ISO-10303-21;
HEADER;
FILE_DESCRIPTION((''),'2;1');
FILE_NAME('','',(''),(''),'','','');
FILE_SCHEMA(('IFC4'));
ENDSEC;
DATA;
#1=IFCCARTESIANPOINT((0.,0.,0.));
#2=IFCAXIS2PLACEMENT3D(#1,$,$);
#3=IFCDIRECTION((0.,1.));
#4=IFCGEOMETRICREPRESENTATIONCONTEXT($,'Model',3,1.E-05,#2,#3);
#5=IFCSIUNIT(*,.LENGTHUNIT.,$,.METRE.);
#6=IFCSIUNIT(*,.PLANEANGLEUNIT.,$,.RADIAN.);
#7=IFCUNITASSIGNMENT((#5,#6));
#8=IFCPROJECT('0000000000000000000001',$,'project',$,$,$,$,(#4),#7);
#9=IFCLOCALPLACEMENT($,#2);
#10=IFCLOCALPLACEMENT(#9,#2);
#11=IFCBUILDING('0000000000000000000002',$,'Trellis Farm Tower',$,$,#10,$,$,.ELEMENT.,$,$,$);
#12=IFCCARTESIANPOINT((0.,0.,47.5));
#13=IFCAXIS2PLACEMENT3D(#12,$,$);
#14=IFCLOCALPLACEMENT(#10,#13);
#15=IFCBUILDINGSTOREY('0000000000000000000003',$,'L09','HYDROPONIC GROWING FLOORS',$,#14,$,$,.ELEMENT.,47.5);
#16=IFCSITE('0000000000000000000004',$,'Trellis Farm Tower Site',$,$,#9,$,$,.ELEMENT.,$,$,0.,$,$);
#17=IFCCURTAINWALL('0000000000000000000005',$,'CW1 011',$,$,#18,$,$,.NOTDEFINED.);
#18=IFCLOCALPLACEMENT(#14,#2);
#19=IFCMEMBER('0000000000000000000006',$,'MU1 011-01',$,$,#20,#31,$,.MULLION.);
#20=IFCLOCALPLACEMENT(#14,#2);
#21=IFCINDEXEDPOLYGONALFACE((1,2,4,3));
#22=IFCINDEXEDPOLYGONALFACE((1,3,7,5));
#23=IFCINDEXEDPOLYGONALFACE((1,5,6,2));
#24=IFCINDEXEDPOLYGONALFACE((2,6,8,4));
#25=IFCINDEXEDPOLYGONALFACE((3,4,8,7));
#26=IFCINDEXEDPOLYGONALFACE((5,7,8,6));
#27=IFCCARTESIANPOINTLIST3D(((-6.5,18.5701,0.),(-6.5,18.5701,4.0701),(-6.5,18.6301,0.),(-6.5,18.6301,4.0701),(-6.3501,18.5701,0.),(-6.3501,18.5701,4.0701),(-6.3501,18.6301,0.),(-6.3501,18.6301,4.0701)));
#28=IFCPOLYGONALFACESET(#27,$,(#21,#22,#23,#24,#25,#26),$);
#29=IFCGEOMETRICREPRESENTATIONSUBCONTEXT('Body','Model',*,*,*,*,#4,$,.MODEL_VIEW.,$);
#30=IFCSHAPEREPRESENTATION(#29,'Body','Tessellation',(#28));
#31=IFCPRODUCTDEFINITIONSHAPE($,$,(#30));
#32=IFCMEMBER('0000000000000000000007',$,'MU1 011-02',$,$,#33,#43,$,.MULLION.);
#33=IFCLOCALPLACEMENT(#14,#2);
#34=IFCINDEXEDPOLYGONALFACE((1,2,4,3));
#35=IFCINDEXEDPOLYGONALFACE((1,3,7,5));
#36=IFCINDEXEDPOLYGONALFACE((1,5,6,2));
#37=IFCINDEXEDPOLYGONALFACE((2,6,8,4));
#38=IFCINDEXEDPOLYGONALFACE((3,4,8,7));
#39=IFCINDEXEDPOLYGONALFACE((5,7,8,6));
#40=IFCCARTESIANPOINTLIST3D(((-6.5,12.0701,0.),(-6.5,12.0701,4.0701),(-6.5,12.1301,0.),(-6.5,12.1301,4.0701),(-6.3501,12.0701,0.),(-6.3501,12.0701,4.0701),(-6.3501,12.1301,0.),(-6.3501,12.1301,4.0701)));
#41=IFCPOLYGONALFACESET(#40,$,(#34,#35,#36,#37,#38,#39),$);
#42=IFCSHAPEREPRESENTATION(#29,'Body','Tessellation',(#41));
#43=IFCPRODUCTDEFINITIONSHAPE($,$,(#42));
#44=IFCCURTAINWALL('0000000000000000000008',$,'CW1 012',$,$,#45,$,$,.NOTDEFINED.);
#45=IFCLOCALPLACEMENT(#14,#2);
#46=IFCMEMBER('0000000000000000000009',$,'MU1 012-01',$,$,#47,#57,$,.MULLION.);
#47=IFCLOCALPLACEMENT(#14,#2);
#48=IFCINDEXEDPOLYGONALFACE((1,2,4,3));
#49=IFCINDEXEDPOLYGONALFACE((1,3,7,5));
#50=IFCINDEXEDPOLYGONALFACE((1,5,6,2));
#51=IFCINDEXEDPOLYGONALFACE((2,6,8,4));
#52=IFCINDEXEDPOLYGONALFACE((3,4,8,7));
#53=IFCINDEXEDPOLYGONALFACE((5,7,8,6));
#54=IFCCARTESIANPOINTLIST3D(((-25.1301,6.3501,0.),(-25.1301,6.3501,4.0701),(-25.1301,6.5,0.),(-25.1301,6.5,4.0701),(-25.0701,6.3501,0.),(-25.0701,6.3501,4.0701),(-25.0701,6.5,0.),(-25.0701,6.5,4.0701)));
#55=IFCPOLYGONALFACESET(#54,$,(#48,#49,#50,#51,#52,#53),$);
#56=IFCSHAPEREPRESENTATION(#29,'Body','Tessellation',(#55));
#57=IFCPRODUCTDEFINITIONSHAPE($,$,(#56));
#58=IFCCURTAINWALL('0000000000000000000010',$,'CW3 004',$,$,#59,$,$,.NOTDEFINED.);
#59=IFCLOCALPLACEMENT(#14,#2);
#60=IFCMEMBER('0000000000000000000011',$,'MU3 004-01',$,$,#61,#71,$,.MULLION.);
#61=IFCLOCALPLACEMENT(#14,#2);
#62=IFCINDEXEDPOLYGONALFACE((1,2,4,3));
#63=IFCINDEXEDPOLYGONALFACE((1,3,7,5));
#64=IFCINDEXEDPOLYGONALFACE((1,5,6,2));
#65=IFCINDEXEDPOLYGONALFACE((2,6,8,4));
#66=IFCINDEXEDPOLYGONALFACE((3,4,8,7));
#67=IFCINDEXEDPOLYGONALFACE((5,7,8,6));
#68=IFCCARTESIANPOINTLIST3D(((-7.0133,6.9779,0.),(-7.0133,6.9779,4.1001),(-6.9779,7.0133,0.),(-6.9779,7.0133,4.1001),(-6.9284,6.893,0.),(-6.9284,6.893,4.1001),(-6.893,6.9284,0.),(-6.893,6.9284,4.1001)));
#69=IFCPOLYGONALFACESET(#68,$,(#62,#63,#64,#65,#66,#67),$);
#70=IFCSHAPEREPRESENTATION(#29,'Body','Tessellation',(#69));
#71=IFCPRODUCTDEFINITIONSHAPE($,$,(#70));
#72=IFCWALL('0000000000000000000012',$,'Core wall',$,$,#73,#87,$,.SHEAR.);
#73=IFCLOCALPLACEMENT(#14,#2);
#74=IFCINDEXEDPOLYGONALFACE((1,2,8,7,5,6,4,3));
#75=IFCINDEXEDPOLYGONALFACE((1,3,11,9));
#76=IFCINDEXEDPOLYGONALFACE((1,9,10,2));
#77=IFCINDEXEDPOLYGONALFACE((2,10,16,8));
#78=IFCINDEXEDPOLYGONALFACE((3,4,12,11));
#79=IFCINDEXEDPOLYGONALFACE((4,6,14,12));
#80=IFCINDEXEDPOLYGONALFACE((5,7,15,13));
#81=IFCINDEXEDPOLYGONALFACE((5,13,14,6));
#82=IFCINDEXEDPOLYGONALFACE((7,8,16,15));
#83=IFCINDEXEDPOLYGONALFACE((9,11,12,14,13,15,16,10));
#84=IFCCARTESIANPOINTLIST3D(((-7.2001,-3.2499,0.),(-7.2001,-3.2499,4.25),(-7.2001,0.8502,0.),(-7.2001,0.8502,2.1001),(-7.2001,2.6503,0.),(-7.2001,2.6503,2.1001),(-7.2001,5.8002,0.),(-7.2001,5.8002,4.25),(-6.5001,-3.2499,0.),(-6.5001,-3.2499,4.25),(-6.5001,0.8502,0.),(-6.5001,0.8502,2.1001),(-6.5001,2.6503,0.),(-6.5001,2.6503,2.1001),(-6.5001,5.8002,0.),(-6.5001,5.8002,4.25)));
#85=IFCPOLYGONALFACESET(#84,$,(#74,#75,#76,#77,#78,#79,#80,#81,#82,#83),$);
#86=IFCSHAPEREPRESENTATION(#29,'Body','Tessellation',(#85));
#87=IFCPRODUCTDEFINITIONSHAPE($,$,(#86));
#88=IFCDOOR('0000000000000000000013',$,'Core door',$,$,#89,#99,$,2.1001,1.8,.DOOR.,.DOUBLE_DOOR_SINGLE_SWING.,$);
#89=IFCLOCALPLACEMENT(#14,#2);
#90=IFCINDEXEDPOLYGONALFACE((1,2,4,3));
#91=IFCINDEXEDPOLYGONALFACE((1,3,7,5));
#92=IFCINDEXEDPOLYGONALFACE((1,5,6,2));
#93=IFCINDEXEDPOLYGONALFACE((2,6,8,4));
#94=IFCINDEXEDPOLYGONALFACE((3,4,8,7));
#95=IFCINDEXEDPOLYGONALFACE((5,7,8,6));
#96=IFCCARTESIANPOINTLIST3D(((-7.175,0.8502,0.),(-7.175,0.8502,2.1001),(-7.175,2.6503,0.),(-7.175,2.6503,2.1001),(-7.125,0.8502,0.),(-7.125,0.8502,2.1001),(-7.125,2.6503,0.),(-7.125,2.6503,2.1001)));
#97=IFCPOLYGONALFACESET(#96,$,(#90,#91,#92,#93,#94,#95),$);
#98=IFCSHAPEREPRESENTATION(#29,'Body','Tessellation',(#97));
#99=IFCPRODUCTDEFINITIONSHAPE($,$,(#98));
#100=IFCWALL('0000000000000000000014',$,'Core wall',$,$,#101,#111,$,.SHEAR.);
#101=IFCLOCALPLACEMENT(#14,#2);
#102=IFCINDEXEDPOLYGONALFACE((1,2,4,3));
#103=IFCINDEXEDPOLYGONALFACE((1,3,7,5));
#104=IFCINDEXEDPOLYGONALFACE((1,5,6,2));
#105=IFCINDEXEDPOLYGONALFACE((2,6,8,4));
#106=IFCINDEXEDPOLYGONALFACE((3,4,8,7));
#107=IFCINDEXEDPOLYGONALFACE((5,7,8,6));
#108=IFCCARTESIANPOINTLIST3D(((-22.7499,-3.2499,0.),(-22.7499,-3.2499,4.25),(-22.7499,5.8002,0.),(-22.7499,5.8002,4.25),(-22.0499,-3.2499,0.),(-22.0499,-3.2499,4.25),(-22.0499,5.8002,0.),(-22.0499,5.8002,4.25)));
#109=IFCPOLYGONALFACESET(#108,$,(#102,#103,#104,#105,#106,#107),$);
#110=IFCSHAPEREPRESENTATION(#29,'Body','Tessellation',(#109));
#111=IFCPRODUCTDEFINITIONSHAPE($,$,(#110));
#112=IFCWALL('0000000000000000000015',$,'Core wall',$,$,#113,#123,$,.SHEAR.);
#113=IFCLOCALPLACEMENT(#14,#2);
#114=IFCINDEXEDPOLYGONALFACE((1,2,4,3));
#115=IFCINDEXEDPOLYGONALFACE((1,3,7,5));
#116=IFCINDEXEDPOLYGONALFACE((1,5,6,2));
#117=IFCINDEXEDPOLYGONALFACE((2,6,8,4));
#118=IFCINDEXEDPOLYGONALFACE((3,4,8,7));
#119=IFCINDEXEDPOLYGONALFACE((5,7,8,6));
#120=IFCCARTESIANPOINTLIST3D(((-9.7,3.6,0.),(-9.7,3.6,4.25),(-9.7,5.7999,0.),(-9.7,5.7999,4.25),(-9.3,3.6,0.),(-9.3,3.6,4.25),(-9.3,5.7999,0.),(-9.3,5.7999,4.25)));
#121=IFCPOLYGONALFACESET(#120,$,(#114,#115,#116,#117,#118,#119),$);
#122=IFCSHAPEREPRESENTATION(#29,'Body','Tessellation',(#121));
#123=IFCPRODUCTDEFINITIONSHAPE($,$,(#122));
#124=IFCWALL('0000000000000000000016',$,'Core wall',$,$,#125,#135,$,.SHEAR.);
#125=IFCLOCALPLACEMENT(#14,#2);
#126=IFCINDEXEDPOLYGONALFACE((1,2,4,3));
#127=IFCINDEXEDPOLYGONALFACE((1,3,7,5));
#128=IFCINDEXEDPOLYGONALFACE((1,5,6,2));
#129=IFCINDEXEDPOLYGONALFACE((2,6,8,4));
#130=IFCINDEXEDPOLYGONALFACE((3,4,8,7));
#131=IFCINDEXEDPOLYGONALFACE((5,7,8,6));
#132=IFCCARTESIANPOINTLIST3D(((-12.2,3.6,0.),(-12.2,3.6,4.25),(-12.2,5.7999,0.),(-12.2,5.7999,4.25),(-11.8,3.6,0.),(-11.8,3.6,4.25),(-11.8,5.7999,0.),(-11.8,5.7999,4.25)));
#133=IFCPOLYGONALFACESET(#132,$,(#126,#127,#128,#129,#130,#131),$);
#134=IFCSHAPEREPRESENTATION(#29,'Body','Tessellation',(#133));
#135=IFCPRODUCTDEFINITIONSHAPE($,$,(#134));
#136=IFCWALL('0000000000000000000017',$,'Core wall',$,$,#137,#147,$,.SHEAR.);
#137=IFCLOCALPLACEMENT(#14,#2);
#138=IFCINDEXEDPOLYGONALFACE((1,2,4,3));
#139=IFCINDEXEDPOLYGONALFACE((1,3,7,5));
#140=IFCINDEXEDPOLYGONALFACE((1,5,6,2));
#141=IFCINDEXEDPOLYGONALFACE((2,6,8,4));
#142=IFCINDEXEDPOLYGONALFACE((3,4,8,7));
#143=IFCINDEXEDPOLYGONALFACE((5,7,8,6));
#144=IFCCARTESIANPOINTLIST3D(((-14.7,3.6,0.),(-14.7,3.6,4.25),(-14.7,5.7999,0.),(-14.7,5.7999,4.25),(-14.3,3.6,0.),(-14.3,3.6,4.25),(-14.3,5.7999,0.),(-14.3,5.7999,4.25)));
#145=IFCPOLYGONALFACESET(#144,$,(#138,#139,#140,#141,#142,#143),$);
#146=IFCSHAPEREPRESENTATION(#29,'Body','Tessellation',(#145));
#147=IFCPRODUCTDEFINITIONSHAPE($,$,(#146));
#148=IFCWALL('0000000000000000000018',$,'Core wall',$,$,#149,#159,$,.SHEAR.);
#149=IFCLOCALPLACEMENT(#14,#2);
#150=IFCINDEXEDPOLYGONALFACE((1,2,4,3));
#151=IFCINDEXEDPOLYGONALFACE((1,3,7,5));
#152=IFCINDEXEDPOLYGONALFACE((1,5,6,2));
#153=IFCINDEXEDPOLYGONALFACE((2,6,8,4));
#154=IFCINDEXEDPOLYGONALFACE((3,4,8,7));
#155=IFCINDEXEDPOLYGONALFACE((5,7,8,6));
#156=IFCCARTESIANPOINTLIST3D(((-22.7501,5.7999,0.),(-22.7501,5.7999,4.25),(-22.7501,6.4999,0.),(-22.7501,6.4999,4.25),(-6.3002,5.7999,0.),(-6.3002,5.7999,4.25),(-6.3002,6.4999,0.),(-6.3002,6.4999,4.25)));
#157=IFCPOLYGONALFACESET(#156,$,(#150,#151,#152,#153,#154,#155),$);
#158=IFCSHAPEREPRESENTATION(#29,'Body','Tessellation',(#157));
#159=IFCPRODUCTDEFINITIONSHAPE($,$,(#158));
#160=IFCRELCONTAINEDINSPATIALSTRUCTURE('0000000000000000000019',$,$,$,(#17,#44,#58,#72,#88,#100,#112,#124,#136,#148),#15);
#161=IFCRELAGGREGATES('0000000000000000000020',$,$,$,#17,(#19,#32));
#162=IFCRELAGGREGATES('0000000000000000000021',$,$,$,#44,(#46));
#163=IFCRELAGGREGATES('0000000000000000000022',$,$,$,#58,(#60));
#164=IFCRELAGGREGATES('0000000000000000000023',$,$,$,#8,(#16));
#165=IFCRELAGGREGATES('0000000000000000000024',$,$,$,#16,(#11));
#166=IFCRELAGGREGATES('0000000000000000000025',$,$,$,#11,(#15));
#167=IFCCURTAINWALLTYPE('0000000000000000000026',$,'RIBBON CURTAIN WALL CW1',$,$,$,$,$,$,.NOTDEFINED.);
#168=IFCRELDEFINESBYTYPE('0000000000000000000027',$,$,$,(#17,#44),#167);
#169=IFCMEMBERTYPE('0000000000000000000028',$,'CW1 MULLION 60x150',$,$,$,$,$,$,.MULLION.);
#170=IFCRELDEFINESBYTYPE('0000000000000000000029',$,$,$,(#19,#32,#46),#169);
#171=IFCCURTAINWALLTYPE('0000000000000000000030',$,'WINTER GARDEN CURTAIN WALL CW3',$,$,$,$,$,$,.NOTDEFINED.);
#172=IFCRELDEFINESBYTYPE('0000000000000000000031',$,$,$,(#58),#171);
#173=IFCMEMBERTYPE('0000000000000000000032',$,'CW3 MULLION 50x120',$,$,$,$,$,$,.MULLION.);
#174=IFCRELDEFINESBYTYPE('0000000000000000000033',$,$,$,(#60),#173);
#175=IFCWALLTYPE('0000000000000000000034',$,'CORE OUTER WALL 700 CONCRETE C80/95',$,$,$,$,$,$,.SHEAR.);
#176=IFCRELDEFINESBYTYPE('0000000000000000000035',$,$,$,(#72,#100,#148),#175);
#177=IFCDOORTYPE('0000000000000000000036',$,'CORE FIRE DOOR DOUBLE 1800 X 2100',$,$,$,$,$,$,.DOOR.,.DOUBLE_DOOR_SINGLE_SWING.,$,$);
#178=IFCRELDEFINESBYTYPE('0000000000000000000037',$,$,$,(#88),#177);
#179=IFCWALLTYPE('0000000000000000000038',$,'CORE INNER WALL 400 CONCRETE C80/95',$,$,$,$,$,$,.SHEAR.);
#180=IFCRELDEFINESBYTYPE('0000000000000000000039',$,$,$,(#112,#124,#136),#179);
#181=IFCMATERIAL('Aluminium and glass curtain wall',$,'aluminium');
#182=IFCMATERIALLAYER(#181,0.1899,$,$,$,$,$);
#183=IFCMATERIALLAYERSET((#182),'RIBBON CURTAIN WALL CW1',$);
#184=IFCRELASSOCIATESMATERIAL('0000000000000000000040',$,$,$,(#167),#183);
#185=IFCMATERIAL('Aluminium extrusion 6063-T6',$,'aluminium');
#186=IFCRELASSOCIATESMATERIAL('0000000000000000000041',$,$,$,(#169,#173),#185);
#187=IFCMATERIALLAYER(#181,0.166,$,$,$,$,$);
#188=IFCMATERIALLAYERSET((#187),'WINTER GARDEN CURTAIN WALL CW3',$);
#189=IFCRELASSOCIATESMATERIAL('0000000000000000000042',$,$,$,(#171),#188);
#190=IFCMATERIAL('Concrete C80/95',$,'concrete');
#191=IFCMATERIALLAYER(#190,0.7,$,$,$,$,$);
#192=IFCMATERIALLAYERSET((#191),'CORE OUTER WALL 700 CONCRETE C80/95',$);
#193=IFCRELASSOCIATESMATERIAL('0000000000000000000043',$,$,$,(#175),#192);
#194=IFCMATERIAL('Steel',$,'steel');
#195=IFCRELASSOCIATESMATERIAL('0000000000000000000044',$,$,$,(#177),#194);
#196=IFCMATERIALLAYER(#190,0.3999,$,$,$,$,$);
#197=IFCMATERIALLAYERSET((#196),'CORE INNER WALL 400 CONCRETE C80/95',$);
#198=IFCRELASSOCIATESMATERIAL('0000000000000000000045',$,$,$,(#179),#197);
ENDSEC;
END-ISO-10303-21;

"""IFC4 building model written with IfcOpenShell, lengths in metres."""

from ifc_helpers import new_model, si_unit, direction, frame, frame_2d, origin, origin_2d, place, context, subcontext, project, spatial, rectangle, extrude, source, transform, mapped, material, layer, layer_set, material_profile, profile_set, type_object, element, fill, aggregate, save


model = new_model("IFC4")

# Units and contexts
model_context = context("Model", 3, precision=1e-05, world=origin(), true_north=direction((0.0, 1.0)))
body_context = subcontext(model_context, "Body", "Model", "MODEL_VIEW")
ifc_project = project(units=[si_unit("LENGTHUNIT", "METRE"), si_unit("PLANEANGLEUNIT", "RADIAN")], contexts=[model_context])

# Site, building, storey
site_placement = place(None, origin())
site = spatial("IfcSite", under=ifc_project, at=site_placement, Name="Trellis Farm Tower Site", CompositionType="ELEMENT", RefElevation=0.0)
building_placement = place(site_placement, origin())
building = spatial("IfcBuilding", under=site, at=building_placement, Name="Trellis Farm Tower", CompositionType="ELEMENT")
storey_placement = place(building_placement, frame((0.0, 0.0, 47.5)))
storey = spatial("IfcBuildingStorey", under=building, at=storey_placement, Name="L09", Description="HYDROPONIC GROWING FLOORS", CompositionType="ELEMENT", Elevation=47.5)

# Shared definitions
ifc_material_1 = material(Name="Concrete C80/95", Category="concrete")

# Shared definitions
ifc_material_2 = material(Name="Aluminium and glass curtain wall", Category="aluminium")
ifc_layer_1 = layer(ifc_material_2, 0.1899)
ifc_layer_set_1 = layer_set([ifc_layer_1], Name="RIBBON CURTAIN WALL CW1")
curtain_wall_type_1 = type_object("IfcCurtainWallType", Name="RIBBON CURTAIN WALL CW1", PredefinedType="NOTDEFINED", material=ifc_layer_set_1)
placement = place(storey_placement, origin())
ifc_material_3 = material(Name="Aluminium extrusion 6063-T6", Category="aluminium")
ifc_material_profile_1 = material_profile(ifc_material_3, rectangle(XDim=0.0601, YDim=0.1499, at=origin_2d()), Name="MULLION 60x150")
ifc_profile_set_1 = profile_set([ifc_material_profile_1], Name="Aluminium extrusion 6063-T6")
member_type_1 = type_object("IfcMemberType", Name="CW1 MULLION 60x150", PredefinedType="MULLION", material=ifc_profile_set_1)
shared_shape_1 = source(origin(), body_context, "Body", "SweptSolid", [
    extrude(rectangle(XDim=0.0601, YDim=0.1499, at=origin_2d()), origin(), (0.0, 0.0, 1.0), 4.0701),
])

# Curtain wall, members
curtain_wall_1 = element("IfcCurtainWall", 1, at=placement, inside=storey, type_object=curtain_wall_type_1, Name="CW1 011", PredefinedType="NOTDEFINED")
member_1_placement = place(storey_placement, frame((-6.425, 18.6001, 0.0), z_axis=(0.0, 0.0, 1.0), x_axis=(0.0, -1.0, 0.0)))
member_1 = element("IfcMember", 2, at=member_1_placement, type_object=member_type_1, Name="MU1 011-01", PredefinedType="MULLION", context=body_context, shape_type="MappedRepresentation", body=[
    mapped(shared_shape_1, transform((0.0, 0.0, 0.0))),
])
member_2_placement = place(storey_placement, frame((-6.425, 12.1001, 0.0), z_axis=(0.0, 0.0, 1.0), x_axis=(0.0, -1.0, 0.0)))
member_2 = element("IfcMember", 3, at=member_2_placement, type_object=member_type_1, Name="MU1 011-02", PredefinedType="MULLION", context=body_context, shape_type="MappedRepresentation", body=[
    mapped(shared_shape_1, transform((0.0, 0.0, 0.0))),
])
aggregate(curtain_wall_1, [member_1, member_2])

# Curtain walls, members
curtain_wall_2 = element("IfcCurtainWall", 4, at=placement, inside=storey, type_object=curtain_wall_type_1, Name="CW1 012", PredefinedType="NOTDEFINED")
member_3_placement = place(storey_placement, frame((-25.1001, 6.425, 0.0), z_axis=(0.0, 0.0, 1.0), x_axis=(-1.0, 0.0, 0.0)))
member_3 = element("IfcMember", 5, at=member_3_placement, type_object=member_type_1, Name="MU1 012-01", PredefinedType="MULLION", context=body_context, shape_type="MappedRepresentation", body=[
    mapped(shared_shape_1, transform((0.0, 0.0, 0.0))),
])
aggregate(curtain_wall_2, [member_3])
ifc_layer_2 = layer(ifc_material_2, 0.166)
ifc_layer_set_2 = layer_set([ifc_layer_2], Name="WINTER GARDEN CURTAIN WALL CW3")
curtain_wall_type_2 = type_object("IfcCurtainWallType", Name="WINTER GARDEN CURTAIN WALL CW3", PredefinedType="NOTDEFINED", material=ifc_layer_set_2)
curtain_wall_3 = element("IfcCurtainWall", 6, at=placement, inside=storey, type_object=curtain_wall_type_2, Name="CW3 004", PredefinedType="NOTDEFINED")
ifc_material_profile_2 = material_profile(ifc_material_3, rectangle(XDim=0.05, YDim=0.1201, at=origin_2d()), Name="MULLION 50x120")
ifc_profile_set_2 = profile_set([ifc_material_profile_2], Name="Aluminium extrusion 6063-T6")
member_type_2 = type_object("IfcMemberType", Name="CW3 MULLION 50x120", PredefinedType="MULLION", material=ifc_profile_set_2)
shared_shape_2 = source(origin(), body_context, "Body", "SweptSolid", [
    extrude(rectangle(XDim=0.05, YDim=0.1201, at=origin_2d()), origin(), (0.0, 0.0, 1.0), 4.1001),
])
member_4_placement = place(storey_placement, frame((-6.9531, 6.9531, 0.0), z_axis=(0.0, 0.0, 1.0), x_axis=(-0.707107, -0.707107, 0.0)))
member_4 = element("IfcMember", 7, at=member_4_placement, type_object=member_type_2, Name="MU3 004-01", PredefinedType="MULLION", context=body_context, shape_type="MappedRepresentation", body=[
    mapped(shared_shape_2, transform((0.0, 0.0, 0.0))),
])
aggregate(curtain_wall_3, [member_4])

# Wall, opening, door
ifc_layer_3 = layer(ifc_material_1, 0.7)
ifc_layer_set_3 = layer_set([ifc_layer_3], Name="CORE OUTER WALL 700 CONCRETE C80/95")
wall_type_1 = type_object("IfcWallType", Name="CORE OUTER WALL 700 CONCRETE C80/95", PredefinedType="SHEAR", material=ifc_layer_set_3)
shared_shape_3 = source(origin(), body_context, "Body", "SweptSolid", [
    extrude(rectangle(XDim=9.05, YDim=0.7, at=frame_2d((4.5249, 0.0))), origin(), (0.0, 0.0, 1.0), 4.25),
])
wall_1_placement = place(storey_placement, frame((-6.8501, 5.8, 0.0), z_axis=(0.0, 0.0, 1.0), x_axis=(0.0, -1.0, 0.0)))
wall_1 = element("IfcWall", 8, at=wall_1_placement, inside=storey, type_object=wall_type_1, Name="Core wall", PredefinedType="SHEAR", context=body_context, shape_type="MappedRepresentation", body=[
    mapped(shared_shape_3, transform((0.0, 0.0, 0.0))),
])
shared_shape_4 = source(origin(), body_context, "Body", "SweptSolid", [
    extrude(rectangle(XDim=1.8, YDim=2.1001, at=frame_2d((0.8999, 1.05))), frame((0.0, 0.3601, 0.0), z_axis=(0.0, -1.0, 0.0), x_axis=(1.0, 0.0, 0.0)), (0.0, 0.0, 1.0), 0.7202),
])
opening_1_placement = place(wall_1_placement, frame((3.1499, 0.0, 0.0)))
opening_1 = element("IfcOpeningElement", 9, at=opening_1_placement, cuts=wall_1, PredefinedType="OPENING", context=body_context, shape_type="MappedRepresentation", body=[
    mapped(shared_shape_4, transform((0.0, 0.0, 0.0))),
])
ifc_material_4 = material(Name="Steel", Category="steel")
door_type_1 = type_object("IfcDoorType", Name="CORE FIRE DOOR DOUBLE 1800 X 2100", OperationType="DOUBLE_DOOR_SINGLE_SWING", PredefinedType="DOOR", material=ifc_material_4)
shared_shape_5 = source(origin(), body_context, "Body", "SweptSolid", [
    extrude(rectangle(XDim=1.8, YDim=2.1001, at=frame_2d((0.8999, 1.05))), frame((0.0, -0.2749, 0.0), z_axis=(0.0, -1.0, 0.0), x_axis=(1.0, 0.0, 0.0)), (0.0, 0.0, 1.0), 0.05),
])
door_1_placement = place(opening_1_placement, origin())
door_1 = element("IfcDoor", 10, at=door_1_placement, inside=storey, type_object=door_type_1, Name="Core door", OperationType="DOUBLE_DOOR_SINGLE_SWING", OverallHeight=2.1001, OverallWidth=1.8, PredefinedType="DOOR", context=body_context, shape_type="MappedRepresentation", body=[
    mapped(shared_shape_5, transform((0.0, 0.0, 0.0))),
])
fill(opening_1, door_1)

# Walls
wall_2_placement = place(storey_placement, frame((-22.3999, 5.8, 0.0), z_axis=(0.0, 0.0, 1.0), x_axis=(0.0, -1.0, 0.0)))
element("IfcWall", 11, at=wall_2_placement, inside=storey, type_object=wall_type_1, Name="Core wall", PredefinedType="SHEAR", context=body_context, shape_type="MappedRepresentation", body=[
    mapped(shared_shape_3, transform((0.0, 0.0, 0.0))),
])
ifc_layer_4 = layer(ifc_material_1, 0.3999)
ifc_layer_set_4 = layer_set([ifc_layer_4], Name="CORE INNER WALL 400 CONCRETE C80/95")
wall_type_2 = type_object("IfcWallType", Name="CORE INNER WALL 400 CONCRETE C80/95", PredefinedType="SHEAR", material=ifc_layer_set_4)
shared_shape_6 = source(origin(), body_context, "Body", "SweptSolid", [
    extrude(rectangle(XDim=2.2, YDim=0.3999, at=frame_2d((1.1001, 0.0))), origin(), (0.0, 0.0, 1.0), 4.25),
])
for number, where, z_axis, x_axis, name in (
    (12, (-9.5, 5.8, 0.0), (0.0, 0.0, 1.0), (0.0, -1.0, 0.0), "Core wall"),
    (13, (-12.0, 5.8, 0.0), (0.0, 0.0, 1.0), (0.0, -1.0, 0.0), "Core wall"),
    (14, (-14.5, 5.8, 0.0), (0.0, 0.0, 1.0), (0.0, -1.0, 0.0), "Core wall"),
):
    element("IfcWall", number, at=place(storey_placement, frame(where, z_axis=z_axis, x_axis=x_axis)), inside=storey, type_object=wall_type_2, Name=name, PredefinedType="SHEAR", context=body_context, shape_type="MappedRepresentation", body=[
        mapped(shared_shape_6, transform((0.0, 0.0, 0.0))),
    ])
shared_shape_7 = source(origin(), body_context, "Body", "SweptSolid", [
    extrude(rectangle(XDim=16.45, YDim=0.7, at=frame_2d((8.2251, 0.0))), origin(), (0.0, 0.0, 1.0), 4.25),
])
wall_3_placement = place(storey_placement, frame((-6.3, 6.1499, 0.0), z_axis=(0.0, 0.0, 1.0), x_axis=(-1.0, 0.0, 0.0)))
element("IfcWall", 15, at=wall_3_placement, inside=storey, type_object=wall_type_1, Name="Core wall", PredefinedType="SHEAR", context=body_context, shape_type="MappedRepresentation", body=[
    mapped(shared_shape_7, transform((0.0, 0.0, 0.0))),
])

save(model, "model.ifc")
